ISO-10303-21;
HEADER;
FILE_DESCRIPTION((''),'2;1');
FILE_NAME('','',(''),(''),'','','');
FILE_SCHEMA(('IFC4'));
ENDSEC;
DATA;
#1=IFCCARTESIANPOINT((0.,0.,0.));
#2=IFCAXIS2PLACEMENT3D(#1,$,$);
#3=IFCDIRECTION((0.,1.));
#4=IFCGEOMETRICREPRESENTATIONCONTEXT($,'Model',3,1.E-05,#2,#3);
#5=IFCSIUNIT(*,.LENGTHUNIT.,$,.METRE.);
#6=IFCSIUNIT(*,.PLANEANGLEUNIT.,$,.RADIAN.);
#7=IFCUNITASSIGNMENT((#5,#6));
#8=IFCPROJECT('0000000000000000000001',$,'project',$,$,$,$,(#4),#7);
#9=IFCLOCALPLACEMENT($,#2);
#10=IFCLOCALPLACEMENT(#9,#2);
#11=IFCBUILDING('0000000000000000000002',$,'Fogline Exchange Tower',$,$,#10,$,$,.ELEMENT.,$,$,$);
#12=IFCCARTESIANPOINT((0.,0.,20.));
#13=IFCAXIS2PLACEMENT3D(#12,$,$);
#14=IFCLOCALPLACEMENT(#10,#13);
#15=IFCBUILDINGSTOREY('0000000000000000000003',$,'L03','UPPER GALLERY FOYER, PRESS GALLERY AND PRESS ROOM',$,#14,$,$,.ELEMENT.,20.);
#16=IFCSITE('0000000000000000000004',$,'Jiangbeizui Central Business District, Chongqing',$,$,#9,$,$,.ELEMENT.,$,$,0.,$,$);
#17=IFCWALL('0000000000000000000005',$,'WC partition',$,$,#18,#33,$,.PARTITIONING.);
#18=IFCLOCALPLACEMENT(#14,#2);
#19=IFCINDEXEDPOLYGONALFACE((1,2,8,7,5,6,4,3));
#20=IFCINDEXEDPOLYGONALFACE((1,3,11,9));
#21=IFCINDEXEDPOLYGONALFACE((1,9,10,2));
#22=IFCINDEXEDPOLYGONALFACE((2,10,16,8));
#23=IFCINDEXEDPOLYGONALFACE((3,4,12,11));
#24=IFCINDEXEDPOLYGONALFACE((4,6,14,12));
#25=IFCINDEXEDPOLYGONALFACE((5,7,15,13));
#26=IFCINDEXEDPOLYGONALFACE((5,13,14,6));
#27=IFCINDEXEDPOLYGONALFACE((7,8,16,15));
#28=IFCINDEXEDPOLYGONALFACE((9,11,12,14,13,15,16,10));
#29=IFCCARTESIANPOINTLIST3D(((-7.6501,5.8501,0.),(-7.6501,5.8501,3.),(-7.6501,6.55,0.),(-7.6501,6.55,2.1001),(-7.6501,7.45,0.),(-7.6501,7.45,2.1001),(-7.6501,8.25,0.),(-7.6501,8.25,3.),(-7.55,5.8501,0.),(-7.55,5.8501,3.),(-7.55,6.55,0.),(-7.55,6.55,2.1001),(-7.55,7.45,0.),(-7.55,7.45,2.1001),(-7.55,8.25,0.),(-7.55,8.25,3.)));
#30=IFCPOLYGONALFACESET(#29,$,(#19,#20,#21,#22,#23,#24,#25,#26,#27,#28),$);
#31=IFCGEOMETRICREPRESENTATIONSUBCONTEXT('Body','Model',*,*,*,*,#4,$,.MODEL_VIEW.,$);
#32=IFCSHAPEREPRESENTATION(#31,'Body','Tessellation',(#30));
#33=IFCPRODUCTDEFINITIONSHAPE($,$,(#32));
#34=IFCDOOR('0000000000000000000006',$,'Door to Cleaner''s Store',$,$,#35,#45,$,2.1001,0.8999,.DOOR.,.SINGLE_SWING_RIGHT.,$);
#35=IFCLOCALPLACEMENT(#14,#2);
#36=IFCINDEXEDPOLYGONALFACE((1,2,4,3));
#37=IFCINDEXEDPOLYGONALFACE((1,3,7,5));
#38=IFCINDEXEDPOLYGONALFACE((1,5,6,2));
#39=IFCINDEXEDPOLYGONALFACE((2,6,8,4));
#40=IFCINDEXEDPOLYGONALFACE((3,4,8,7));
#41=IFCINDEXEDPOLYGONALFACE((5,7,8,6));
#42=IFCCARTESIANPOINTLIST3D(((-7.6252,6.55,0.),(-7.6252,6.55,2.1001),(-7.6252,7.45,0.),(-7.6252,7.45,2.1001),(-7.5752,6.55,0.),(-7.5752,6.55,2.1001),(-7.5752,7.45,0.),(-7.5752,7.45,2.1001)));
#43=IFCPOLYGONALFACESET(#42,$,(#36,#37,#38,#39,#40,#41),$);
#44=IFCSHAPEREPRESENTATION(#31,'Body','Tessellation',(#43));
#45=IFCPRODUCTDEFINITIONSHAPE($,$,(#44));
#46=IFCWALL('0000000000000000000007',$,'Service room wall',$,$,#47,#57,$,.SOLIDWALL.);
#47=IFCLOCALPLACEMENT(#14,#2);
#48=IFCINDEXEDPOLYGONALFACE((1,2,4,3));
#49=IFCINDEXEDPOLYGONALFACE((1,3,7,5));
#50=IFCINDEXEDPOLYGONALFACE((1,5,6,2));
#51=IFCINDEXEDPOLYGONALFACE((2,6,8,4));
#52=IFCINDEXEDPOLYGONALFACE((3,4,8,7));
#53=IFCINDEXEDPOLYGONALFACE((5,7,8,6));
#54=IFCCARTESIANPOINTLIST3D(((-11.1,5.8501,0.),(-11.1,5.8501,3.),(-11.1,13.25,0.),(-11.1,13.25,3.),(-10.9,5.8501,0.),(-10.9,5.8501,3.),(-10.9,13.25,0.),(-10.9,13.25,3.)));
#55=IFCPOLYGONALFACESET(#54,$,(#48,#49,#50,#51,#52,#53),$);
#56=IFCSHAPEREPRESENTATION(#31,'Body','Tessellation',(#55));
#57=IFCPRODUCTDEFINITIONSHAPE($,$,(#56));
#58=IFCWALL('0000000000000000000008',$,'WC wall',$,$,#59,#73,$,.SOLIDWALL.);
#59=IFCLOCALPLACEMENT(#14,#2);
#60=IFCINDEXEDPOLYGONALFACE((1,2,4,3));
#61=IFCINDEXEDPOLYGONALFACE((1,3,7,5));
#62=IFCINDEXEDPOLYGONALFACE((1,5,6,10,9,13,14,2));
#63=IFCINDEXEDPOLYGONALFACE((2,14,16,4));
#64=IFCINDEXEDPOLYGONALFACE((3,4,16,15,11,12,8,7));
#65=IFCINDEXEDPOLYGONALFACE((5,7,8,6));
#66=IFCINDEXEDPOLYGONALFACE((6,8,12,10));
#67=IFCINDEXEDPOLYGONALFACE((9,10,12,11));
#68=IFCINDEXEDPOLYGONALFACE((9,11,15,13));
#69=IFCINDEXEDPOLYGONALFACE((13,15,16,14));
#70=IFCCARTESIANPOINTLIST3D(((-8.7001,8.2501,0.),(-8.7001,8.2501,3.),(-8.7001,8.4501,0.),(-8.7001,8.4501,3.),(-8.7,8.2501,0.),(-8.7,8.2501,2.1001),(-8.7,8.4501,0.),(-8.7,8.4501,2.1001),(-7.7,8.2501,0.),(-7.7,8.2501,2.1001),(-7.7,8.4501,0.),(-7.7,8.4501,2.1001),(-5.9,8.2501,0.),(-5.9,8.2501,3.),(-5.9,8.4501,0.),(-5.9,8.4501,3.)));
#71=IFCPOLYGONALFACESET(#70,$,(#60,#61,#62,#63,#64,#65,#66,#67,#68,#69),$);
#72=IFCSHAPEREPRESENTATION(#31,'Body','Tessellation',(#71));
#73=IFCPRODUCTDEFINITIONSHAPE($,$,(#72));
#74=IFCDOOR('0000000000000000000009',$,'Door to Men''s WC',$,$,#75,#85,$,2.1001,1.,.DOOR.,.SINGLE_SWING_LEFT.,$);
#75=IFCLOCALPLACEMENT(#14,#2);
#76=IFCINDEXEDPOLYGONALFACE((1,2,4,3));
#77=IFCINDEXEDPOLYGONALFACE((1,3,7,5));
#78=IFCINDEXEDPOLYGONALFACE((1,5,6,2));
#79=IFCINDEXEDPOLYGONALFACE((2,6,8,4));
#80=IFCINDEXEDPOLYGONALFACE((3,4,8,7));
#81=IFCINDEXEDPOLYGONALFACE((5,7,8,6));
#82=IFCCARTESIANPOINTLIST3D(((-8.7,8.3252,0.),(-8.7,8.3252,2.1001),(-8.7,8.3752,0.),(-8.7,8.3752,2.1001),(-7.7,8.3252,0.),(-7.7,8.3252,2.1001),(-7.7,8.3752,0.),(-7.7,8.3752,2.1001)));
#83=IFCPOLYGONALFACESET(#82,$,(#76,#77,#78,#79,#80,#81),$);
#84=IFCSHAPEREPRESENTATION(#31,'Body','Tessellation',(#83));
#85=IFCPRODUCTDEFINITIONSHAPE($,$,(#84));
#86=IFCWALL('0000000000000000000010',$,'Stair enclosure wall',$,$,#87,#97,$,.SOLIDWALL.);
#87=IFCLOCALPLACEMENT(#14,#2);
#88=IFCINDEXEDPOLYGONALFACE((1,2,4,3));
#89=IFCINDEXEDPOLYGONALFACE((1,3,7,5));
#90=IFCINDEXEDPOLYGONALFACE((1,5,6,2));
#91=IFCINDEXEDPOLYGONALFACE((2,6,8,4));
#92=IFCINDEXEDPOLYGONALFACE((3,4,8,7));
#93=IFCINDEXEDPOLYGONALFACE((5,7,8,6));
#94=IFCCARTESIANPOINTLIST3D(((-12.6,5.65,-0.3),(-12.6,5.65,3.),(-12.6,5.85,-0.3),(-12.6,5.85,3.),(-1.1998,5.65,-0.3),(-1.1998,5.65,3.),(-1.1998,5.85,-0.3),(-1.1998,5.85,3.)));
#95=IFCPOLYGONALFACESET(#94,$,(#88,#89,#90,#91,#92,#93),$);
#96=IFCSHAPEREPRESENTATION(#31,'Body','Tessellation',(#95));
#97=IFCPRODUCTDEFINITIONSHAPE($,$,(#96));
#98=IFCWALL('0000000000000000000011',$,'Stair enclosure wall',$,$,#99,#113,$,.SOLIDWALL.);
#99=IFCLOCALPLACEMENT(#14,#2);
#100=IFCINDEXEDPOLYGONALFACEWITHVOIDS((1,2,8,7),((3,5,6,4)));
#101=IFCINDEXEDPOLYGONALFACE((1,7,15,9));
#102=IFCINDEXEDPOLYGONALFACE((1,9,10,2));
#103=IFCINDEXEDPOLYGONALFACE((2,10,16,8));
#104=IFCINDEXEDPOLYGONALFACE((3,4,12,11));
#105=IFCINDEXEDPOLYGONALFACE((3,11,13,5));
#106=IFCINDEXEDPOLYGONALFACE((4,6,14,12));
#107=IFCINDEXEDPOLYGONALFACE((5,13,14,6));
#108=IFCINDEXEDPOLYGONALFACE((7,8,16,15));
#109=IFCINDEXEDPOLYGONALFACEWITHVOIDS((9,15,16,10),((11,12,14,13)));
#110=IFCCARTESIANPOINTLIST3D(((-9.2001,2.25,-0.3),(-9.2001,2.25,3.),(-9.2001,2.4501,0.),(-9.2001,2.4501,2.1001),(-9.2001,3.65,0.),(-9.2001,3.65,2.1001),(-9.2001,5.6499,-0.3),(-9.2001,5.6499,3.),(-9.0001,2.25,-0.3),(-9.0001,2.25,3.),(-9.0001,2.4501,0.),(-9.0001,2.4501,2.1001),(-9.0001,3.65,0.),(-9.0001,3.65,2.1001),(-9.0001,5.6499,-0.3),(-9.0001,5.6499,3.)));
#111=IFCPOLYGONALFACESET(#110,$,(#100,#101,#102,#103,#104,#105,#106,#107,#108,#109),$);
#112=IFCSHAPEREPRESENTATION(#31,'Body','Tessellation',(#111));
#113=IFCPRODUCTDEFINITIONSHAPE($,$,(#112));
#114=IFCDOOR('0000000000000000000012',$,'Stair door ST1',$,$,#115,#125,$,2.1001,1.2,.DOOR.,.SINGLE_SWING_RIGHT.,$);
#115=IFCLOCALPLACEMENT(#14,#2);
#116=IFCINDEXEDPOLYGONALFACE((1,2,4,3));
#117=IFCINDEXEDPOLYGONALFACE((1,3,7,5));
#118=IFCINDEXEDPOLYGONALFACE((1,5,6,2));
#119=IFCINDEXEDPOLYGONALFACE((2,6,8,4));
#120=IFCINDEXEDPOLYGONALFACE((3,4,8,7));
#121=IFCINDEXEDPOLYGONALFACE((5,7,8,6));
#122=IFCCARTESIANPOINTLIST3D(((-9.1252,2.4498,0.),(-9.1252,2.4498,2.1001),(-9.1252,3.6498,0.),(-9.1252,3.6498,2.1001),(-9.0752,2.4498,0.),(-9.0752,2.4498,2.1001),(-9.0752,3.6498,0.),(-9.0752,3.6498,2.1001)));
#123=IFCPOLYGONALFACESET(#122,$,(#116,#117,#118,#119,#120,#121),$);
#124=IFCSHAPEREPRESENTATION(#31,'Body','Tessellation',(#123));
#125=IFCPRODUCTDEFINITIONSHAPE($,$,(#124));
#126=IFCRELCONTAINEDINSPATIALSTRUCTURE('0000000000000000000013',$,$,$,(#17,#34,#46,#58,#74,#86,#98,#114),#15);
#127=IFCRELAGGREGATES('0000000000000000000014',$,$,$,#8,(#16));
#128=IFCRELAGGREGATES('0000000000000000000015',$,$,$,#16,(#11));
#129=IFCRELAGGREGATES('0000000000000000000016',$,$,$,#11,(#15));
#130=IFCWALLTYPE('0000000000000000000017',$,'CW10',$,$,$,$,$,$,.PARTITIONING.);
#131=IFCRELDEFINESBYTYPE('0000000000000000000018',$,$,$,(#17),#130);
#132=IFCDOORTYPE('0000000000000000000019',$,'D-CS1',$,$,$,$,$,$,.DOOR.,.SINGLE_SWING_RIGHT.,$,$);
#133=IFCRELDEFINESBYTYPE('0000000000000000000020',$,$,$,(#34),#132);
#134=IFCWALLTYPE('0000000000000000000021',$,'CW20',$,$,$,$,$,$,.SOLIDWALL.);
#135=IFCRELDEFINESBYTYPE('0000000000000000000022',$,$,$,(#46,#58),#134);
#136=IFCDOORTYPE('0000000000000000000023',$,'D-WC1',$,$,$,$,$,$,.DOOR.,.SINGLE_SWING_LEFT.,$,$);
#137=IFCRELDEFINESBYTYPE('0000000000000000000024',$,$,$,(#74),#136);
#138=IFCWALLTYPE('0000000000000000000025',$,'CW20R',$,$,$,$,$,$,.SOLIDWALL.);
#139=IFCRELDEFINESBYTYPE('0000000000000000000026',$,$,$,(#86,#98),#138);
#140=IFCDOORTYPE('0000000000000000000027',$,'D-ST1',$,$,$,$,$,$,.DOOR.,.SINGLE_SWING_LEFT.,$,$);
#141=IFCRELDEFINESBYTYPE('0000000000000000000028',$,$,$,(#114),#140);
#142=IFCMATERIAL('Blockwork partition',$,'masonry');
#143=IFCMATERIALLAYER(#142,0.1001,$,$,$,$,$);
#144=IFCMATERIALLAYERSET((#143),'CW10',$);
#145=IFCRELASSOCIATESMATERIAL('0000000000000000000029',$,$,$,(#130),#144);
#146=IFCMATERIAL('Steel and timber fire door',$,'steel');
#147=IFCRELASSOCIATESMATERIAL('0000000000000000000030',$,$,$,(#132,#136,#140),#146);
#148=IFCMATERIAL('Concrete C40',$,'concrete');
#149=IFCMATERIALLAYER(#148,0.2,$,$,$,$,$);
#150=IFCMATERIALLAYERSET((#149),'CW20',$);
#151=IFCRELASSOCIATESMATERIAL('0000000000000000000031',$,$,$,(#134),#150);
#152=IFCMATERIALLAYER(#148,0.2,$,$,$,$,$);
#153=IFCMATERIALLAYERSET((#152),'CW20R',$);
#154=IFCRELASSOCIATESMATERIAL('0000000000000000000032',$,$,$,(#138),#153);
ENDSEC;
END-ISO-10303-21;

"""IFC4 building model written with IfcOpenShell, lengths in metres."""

from ifc_helpers import new_model, si_unit, direction, frame, frame_2d, origin, place, context, subcontext, project, spatial, rectangle, extrude, material, layer, layer_set, type_object, element, fill, save


model = new_model("IFC4")

# Units and contexts
model_context = context("Model", 3, precision=1e-05, world=origin(), true_north=direction((0.0, 1.0)))
body_context = subcontext(model_context, "Body", "Model", "MODEL_VIEW")
ifc_project = project(units=[si_unit("LENGTHUNIT", "METRE"), si_unit("PLANEANGLEUNIT", "RADIAN")], contexts=[model_context])

# Site, building, storey
site_placement = place(None, origin())
site = spatial("IfcSite", under=ifc_project, at=site_placement, Name="Jiangbeizui Central Business District, Chongqing", CompositionType="ELEMENT", RefElevation=0.0)
building_placement = place(site_placement, origin())
building = spatial("IfcBuilding", under=site, at=building_placement, Name="Fogline Exchange Tower", CompositionType="ELEMENT")
storey_placement = place(building_placement, frame((0.0, 0.0, 20.0)))
storey = spatial("IfcBuildingStorey", under=building, at=storey_placement, Name="L03", Description="UPPER GALLERY FOYER, PRESS GALLERY AND PRESS ROOM", CompositionType="ELEMENT", Elevation=20.0)

# Wall, opening, door
ifc_material_1 = material(Name="Blockwork partition", Category="masonry")
ifc_layer_1 = layer(ifc_material_1, 0.1001)
ifc_layer_set_1 = layer_set([ifc_layer_1], Name="CW10")
wall_type_1 = type_object("IfcWallType", Name="CW10", PredefinedType="PARTITIONING", material=ifc_layer_set_1)
wall_1_placement = place(storey_placement, frame((-7.6001, 5.8501, 0.0), z_axis=(0.0, 0.0, 1.0), x_axis=(0.0, 1.0, 0.0)))
wall_1 = element("IfcWall", 1, at=wall_1_placement, inside=storey, type_object=wall_type_1, Name="WC partition", PredefinedType="PARTITIONING", context=body_context, shape_type="SweptSolid", body=[
    extrude(rectangle(XDim=2.3999, YDim=0.1001, at=frame_2d((1.2, 0.0))), origin(), (0.0, 0.0, 1.0), 3.0),
])
opening_1_placement = place(wall_1_placement, frame((0.7, 0.0, 0.0)))
opening_1 = element("IfcOpeningElement", 2, at=opening_1_placement, cuts=wall_1, PredefinedType="OPENING", context=body_context, shape_type="SweptSolid", body=[
    extrude(rectangle(XDim=0.8999, YDim=2.1001, at=frame_2d((0.45, 1.05))), frame((0.0, 0.0601, 0.0), z_axis=(0.0, -1.0, 0.0), x_axis=(1.0, 0.0, 0.0)), (0.0, 0.0, 1.0), 0.1201),
])
ifc_material_2 = material(Name="Steel and timber fire door", Category="steel")
door_type_1 = type_object("IfcDoorType", Name="D-CS1", OperationType="SINGLE_SWING_RIGHT", PredefinedType="DOOR", material=ifc_material_2)
door_1_placement = place(opening_1_placement, frame((0.8999, 0.0, 0.0), z_axis=(0.0, 0.0, 1.0), x_axis=(-1.0, 0.0, 0.0)))
door_1 = element("IfcDoor", 3, at=door_1_placement, inside=storey, type_object=door_type_1, Name="Door to Cleaner's Store", OperationType="SINGLE_SWING_RIGHT", OverallHeight=2.1001, OverallWidth=0.8999, PredefinedType="DOOR", context=body_context, shape_type="SweptSolid", body=[
    extrude(rectangle(XDim=0.8999, YDim=2.1001, at=frame_2d((0.45, 1.05))), frame((0.0, 0.0249, 0.0), z_axis=(0.0, -1.0, 0.0), x_axis=(1.0, 0.0, 0.0)), (0.0, 0.0, 1.0), 0.05),
])
fill(opening_1, door_1)

# Wall
ifc_material_3 = material(Name="Concrete C40", Category="concrete")
ifc_layer_2 = layer(ifc_material_3, 0.2)
ifc_layer_set_2 = layer_set([ifc_layer_2], Name="CW20")
wall_type_2 = type_object("IfcWallType", Name="CW20", PredefinedType="SOLIDWALL", material=ifc_layer_set_2)
wall_2_placement = place(storey_placement, frame((-11.0, 5.8501, 0.0), z_axis=(0.0, 0.0, 1.0), x_axis=(0.0, 1.0, 0.0)))
element("IfcWall", 4, at=wall_2_placement, inside=storey, type_object=wall_type_2, Name="Service room wall", PredefinedType="SOLIDWALL", context=body_context, shape_type="SweptSolid", body=[
    extrude(rectangle(XDim=7.3999, YDim=0.2, at=frame_2d((3.7, 0.0))), origin(), (0.0, 0.0, 1.0), 3.0),
])

# Wall, opening, door
wall_3_placement = place(storey_placement, frame((-8.7, 8.3501, 0.0), z_axis=(0.0, 0.0, 1.0), x_axis=(1.0, 0.0, 0.0)))
wall_3 = element("IfcWall", 5, at=wall_3_placement, inside=storey, type_object=wall_type_2, Name="WC wall", PredefinedType="SOLIDWALL", context=body_context, shape_type="SweptSolid", body=[
    extrude(rectangle(XDim=2.8, YDim=0.2, at=frame_2d((1.3999, 0.0))), origin(), (0.0, 0.0, 1.0), 3.0),
])
opening_2_placement = place(wall_3_placement, origin())
opening_2 = element("IfcOpeningElement", 6, at=opening_2_placement, cuts=wall_3, PredefinedType="OPENING", context=body_context, shape_type="SweptSolid", body=[
    extrude(rectangle(XDim=1.0, YDim=2.1001, at=frame_2d((0.5, 1.05))), frame((0.0, 0.1099, 0.0), z_axis=(0.0, -1.0, 0.0), x_axis=(1.0, 0.0, 0.0)), (0.0, 0.0, 1.0), 0.22),
])
door_type_2 = type_object("IfcDoorType", Name="D-WC1", OperationType="SINGLE_SWING_LEFT", PredefinedType="DOOR", material=ifc_material_2)
door_2_placement = place(opening_2_placement, frame((1.0, 0.0, 0.0), z_axis=(0.0, 0.0, 1.0), x_axis=(-1.0, 0.0, 0.0)))
door_2 = element("IfcDoor", 7, at=door_2_placement, inside=storey, type_object=door_type_2, Name="Door to Men's WC", OperationType="SINGLE_SWING_LEFT", OverallHeight=2.1001, OverallWidth=1.0, PredefinedType="DOOR", context=body_context, shape_type="SweptSolid", body=[
    extrude(rectangle(XDim=1.0, YDim=2.1001, at=frame_2d((0.5, 1.05))), frame((0.0, 0.0249, 0.0), z_axis=(0.0, -1.0, 0.0), x_axis=(1.0, 0.0, 0.0)), (0.0, 0.0, 1.0), 0.05),
])
fill(opening_2, door_2)

# Wall
ifc_layer_3 = layer(ifc_material_3, 0.2)
ifc_layer_set_3 = layer_set([ifc_layer_3], Name="CW20R")
wall_type_3 = type_object("IfcWallType", Name="CW20R", PredefinedType="SOLIDWALL", material=ifc_layer_set_3)
wall_4_placement = place(storey_placement, frame((-12.6001, 5.75, -0.3), z_axis=(0.0, 0.0, 1.0), x_axis=(1.0, 0.0, 0.0)))
element("IfcWall", 8, at=wall_4_placement, inside=storey, type_object=wall_type_3, Name="Stair enclosure wall", PredefinedType="SOLIDWALL", context=body_context, shape_type="SweptSolid", body=[
    extrude(rectangle(XDim=11.4001, YDim=0.2, at=frame_2d((5.7002, 0.0))), origin(), (0.0, 0.0, 1.0), 3.3),
])

# Wall, opening, door
wall_5_placement = place(storey_placement, frame((-9.1001, 2.25, -0.3), z_axis=(0.0, 0.0, 1.0), x_axis=(0.0, 1.0, 0.0)))
wall_5 = element("IfcWall", 9, at=wall_5_placement, inside=storey, type_object=wall_type_3, Name="Stair enclosure wall", PredefinedType="SOLIDWALL", context=body_context, shape_type="SweptSolid", body=[
    extrude(rectangle(XDim=3.3999, YDim=0.2, at=frame_2d((1.7, 0.0))), origin(), (0.0, 0.0, 1.0), 3.3),
])
opening_3_placement = place(wall_5_placement, frame((0.2, 0.0, 0.3)))
opening_3 = element("IfcOpeningElement", 10, at=opening_3_placement, cuts=wall_5, PredefinedType="OPENING", context=body_context, shape_type="SweptSolid", body=[
    extrude(rectangle(XDim=1.2, YDim=2.1001, at=frame_2d((0.6001, 1.05))), frame((0.0, 0.1099, 0.0), z_axis=(0.0, -1.0, 0.0), x_axis=(1.0, 0.0, 0.0)), (0.0, 0.0, 1.0), 0.22),
])
door_type_3 = type_object("IfcDoorType", Name="D-ST1", OperationType="SINGLE_SWING_LEFT", PredefinedType="DOOR", material=ifc_material_2)
door_3_placement = place(opening_3_placement, frame((1.2, 0.0, 0.0), z_axis=(0.0, 0.0, 1.0), x_axis=(-1.0, 0.0, 0.0)))
door_3 = element("IfcDoor", 11, at=door_3_placement, inside=storey, type_object=door_type_3, Name="Stair door ST1", OperationType="SINGLE_SWING_RIGHT", OverallHeight=2.1001, OverallWidth=1.2, PredefinedType="DOOR", context=body_context, shape_type="SweptSolid", body=[
    extrude(rectangle(XDim=1.2, YDim=2.1001, at=frame_2d((0.6001, 1.05))), frame((0.0, 0.0249, 0.0), z_axis=(0.0, -1.0, 0.0), x_axis=(1.0, 0.0, 0.0)), (0.0, 0.0, 1.0), 0.05),
])
fill(opening_3, door_3)

save(model, "model.ifc")
